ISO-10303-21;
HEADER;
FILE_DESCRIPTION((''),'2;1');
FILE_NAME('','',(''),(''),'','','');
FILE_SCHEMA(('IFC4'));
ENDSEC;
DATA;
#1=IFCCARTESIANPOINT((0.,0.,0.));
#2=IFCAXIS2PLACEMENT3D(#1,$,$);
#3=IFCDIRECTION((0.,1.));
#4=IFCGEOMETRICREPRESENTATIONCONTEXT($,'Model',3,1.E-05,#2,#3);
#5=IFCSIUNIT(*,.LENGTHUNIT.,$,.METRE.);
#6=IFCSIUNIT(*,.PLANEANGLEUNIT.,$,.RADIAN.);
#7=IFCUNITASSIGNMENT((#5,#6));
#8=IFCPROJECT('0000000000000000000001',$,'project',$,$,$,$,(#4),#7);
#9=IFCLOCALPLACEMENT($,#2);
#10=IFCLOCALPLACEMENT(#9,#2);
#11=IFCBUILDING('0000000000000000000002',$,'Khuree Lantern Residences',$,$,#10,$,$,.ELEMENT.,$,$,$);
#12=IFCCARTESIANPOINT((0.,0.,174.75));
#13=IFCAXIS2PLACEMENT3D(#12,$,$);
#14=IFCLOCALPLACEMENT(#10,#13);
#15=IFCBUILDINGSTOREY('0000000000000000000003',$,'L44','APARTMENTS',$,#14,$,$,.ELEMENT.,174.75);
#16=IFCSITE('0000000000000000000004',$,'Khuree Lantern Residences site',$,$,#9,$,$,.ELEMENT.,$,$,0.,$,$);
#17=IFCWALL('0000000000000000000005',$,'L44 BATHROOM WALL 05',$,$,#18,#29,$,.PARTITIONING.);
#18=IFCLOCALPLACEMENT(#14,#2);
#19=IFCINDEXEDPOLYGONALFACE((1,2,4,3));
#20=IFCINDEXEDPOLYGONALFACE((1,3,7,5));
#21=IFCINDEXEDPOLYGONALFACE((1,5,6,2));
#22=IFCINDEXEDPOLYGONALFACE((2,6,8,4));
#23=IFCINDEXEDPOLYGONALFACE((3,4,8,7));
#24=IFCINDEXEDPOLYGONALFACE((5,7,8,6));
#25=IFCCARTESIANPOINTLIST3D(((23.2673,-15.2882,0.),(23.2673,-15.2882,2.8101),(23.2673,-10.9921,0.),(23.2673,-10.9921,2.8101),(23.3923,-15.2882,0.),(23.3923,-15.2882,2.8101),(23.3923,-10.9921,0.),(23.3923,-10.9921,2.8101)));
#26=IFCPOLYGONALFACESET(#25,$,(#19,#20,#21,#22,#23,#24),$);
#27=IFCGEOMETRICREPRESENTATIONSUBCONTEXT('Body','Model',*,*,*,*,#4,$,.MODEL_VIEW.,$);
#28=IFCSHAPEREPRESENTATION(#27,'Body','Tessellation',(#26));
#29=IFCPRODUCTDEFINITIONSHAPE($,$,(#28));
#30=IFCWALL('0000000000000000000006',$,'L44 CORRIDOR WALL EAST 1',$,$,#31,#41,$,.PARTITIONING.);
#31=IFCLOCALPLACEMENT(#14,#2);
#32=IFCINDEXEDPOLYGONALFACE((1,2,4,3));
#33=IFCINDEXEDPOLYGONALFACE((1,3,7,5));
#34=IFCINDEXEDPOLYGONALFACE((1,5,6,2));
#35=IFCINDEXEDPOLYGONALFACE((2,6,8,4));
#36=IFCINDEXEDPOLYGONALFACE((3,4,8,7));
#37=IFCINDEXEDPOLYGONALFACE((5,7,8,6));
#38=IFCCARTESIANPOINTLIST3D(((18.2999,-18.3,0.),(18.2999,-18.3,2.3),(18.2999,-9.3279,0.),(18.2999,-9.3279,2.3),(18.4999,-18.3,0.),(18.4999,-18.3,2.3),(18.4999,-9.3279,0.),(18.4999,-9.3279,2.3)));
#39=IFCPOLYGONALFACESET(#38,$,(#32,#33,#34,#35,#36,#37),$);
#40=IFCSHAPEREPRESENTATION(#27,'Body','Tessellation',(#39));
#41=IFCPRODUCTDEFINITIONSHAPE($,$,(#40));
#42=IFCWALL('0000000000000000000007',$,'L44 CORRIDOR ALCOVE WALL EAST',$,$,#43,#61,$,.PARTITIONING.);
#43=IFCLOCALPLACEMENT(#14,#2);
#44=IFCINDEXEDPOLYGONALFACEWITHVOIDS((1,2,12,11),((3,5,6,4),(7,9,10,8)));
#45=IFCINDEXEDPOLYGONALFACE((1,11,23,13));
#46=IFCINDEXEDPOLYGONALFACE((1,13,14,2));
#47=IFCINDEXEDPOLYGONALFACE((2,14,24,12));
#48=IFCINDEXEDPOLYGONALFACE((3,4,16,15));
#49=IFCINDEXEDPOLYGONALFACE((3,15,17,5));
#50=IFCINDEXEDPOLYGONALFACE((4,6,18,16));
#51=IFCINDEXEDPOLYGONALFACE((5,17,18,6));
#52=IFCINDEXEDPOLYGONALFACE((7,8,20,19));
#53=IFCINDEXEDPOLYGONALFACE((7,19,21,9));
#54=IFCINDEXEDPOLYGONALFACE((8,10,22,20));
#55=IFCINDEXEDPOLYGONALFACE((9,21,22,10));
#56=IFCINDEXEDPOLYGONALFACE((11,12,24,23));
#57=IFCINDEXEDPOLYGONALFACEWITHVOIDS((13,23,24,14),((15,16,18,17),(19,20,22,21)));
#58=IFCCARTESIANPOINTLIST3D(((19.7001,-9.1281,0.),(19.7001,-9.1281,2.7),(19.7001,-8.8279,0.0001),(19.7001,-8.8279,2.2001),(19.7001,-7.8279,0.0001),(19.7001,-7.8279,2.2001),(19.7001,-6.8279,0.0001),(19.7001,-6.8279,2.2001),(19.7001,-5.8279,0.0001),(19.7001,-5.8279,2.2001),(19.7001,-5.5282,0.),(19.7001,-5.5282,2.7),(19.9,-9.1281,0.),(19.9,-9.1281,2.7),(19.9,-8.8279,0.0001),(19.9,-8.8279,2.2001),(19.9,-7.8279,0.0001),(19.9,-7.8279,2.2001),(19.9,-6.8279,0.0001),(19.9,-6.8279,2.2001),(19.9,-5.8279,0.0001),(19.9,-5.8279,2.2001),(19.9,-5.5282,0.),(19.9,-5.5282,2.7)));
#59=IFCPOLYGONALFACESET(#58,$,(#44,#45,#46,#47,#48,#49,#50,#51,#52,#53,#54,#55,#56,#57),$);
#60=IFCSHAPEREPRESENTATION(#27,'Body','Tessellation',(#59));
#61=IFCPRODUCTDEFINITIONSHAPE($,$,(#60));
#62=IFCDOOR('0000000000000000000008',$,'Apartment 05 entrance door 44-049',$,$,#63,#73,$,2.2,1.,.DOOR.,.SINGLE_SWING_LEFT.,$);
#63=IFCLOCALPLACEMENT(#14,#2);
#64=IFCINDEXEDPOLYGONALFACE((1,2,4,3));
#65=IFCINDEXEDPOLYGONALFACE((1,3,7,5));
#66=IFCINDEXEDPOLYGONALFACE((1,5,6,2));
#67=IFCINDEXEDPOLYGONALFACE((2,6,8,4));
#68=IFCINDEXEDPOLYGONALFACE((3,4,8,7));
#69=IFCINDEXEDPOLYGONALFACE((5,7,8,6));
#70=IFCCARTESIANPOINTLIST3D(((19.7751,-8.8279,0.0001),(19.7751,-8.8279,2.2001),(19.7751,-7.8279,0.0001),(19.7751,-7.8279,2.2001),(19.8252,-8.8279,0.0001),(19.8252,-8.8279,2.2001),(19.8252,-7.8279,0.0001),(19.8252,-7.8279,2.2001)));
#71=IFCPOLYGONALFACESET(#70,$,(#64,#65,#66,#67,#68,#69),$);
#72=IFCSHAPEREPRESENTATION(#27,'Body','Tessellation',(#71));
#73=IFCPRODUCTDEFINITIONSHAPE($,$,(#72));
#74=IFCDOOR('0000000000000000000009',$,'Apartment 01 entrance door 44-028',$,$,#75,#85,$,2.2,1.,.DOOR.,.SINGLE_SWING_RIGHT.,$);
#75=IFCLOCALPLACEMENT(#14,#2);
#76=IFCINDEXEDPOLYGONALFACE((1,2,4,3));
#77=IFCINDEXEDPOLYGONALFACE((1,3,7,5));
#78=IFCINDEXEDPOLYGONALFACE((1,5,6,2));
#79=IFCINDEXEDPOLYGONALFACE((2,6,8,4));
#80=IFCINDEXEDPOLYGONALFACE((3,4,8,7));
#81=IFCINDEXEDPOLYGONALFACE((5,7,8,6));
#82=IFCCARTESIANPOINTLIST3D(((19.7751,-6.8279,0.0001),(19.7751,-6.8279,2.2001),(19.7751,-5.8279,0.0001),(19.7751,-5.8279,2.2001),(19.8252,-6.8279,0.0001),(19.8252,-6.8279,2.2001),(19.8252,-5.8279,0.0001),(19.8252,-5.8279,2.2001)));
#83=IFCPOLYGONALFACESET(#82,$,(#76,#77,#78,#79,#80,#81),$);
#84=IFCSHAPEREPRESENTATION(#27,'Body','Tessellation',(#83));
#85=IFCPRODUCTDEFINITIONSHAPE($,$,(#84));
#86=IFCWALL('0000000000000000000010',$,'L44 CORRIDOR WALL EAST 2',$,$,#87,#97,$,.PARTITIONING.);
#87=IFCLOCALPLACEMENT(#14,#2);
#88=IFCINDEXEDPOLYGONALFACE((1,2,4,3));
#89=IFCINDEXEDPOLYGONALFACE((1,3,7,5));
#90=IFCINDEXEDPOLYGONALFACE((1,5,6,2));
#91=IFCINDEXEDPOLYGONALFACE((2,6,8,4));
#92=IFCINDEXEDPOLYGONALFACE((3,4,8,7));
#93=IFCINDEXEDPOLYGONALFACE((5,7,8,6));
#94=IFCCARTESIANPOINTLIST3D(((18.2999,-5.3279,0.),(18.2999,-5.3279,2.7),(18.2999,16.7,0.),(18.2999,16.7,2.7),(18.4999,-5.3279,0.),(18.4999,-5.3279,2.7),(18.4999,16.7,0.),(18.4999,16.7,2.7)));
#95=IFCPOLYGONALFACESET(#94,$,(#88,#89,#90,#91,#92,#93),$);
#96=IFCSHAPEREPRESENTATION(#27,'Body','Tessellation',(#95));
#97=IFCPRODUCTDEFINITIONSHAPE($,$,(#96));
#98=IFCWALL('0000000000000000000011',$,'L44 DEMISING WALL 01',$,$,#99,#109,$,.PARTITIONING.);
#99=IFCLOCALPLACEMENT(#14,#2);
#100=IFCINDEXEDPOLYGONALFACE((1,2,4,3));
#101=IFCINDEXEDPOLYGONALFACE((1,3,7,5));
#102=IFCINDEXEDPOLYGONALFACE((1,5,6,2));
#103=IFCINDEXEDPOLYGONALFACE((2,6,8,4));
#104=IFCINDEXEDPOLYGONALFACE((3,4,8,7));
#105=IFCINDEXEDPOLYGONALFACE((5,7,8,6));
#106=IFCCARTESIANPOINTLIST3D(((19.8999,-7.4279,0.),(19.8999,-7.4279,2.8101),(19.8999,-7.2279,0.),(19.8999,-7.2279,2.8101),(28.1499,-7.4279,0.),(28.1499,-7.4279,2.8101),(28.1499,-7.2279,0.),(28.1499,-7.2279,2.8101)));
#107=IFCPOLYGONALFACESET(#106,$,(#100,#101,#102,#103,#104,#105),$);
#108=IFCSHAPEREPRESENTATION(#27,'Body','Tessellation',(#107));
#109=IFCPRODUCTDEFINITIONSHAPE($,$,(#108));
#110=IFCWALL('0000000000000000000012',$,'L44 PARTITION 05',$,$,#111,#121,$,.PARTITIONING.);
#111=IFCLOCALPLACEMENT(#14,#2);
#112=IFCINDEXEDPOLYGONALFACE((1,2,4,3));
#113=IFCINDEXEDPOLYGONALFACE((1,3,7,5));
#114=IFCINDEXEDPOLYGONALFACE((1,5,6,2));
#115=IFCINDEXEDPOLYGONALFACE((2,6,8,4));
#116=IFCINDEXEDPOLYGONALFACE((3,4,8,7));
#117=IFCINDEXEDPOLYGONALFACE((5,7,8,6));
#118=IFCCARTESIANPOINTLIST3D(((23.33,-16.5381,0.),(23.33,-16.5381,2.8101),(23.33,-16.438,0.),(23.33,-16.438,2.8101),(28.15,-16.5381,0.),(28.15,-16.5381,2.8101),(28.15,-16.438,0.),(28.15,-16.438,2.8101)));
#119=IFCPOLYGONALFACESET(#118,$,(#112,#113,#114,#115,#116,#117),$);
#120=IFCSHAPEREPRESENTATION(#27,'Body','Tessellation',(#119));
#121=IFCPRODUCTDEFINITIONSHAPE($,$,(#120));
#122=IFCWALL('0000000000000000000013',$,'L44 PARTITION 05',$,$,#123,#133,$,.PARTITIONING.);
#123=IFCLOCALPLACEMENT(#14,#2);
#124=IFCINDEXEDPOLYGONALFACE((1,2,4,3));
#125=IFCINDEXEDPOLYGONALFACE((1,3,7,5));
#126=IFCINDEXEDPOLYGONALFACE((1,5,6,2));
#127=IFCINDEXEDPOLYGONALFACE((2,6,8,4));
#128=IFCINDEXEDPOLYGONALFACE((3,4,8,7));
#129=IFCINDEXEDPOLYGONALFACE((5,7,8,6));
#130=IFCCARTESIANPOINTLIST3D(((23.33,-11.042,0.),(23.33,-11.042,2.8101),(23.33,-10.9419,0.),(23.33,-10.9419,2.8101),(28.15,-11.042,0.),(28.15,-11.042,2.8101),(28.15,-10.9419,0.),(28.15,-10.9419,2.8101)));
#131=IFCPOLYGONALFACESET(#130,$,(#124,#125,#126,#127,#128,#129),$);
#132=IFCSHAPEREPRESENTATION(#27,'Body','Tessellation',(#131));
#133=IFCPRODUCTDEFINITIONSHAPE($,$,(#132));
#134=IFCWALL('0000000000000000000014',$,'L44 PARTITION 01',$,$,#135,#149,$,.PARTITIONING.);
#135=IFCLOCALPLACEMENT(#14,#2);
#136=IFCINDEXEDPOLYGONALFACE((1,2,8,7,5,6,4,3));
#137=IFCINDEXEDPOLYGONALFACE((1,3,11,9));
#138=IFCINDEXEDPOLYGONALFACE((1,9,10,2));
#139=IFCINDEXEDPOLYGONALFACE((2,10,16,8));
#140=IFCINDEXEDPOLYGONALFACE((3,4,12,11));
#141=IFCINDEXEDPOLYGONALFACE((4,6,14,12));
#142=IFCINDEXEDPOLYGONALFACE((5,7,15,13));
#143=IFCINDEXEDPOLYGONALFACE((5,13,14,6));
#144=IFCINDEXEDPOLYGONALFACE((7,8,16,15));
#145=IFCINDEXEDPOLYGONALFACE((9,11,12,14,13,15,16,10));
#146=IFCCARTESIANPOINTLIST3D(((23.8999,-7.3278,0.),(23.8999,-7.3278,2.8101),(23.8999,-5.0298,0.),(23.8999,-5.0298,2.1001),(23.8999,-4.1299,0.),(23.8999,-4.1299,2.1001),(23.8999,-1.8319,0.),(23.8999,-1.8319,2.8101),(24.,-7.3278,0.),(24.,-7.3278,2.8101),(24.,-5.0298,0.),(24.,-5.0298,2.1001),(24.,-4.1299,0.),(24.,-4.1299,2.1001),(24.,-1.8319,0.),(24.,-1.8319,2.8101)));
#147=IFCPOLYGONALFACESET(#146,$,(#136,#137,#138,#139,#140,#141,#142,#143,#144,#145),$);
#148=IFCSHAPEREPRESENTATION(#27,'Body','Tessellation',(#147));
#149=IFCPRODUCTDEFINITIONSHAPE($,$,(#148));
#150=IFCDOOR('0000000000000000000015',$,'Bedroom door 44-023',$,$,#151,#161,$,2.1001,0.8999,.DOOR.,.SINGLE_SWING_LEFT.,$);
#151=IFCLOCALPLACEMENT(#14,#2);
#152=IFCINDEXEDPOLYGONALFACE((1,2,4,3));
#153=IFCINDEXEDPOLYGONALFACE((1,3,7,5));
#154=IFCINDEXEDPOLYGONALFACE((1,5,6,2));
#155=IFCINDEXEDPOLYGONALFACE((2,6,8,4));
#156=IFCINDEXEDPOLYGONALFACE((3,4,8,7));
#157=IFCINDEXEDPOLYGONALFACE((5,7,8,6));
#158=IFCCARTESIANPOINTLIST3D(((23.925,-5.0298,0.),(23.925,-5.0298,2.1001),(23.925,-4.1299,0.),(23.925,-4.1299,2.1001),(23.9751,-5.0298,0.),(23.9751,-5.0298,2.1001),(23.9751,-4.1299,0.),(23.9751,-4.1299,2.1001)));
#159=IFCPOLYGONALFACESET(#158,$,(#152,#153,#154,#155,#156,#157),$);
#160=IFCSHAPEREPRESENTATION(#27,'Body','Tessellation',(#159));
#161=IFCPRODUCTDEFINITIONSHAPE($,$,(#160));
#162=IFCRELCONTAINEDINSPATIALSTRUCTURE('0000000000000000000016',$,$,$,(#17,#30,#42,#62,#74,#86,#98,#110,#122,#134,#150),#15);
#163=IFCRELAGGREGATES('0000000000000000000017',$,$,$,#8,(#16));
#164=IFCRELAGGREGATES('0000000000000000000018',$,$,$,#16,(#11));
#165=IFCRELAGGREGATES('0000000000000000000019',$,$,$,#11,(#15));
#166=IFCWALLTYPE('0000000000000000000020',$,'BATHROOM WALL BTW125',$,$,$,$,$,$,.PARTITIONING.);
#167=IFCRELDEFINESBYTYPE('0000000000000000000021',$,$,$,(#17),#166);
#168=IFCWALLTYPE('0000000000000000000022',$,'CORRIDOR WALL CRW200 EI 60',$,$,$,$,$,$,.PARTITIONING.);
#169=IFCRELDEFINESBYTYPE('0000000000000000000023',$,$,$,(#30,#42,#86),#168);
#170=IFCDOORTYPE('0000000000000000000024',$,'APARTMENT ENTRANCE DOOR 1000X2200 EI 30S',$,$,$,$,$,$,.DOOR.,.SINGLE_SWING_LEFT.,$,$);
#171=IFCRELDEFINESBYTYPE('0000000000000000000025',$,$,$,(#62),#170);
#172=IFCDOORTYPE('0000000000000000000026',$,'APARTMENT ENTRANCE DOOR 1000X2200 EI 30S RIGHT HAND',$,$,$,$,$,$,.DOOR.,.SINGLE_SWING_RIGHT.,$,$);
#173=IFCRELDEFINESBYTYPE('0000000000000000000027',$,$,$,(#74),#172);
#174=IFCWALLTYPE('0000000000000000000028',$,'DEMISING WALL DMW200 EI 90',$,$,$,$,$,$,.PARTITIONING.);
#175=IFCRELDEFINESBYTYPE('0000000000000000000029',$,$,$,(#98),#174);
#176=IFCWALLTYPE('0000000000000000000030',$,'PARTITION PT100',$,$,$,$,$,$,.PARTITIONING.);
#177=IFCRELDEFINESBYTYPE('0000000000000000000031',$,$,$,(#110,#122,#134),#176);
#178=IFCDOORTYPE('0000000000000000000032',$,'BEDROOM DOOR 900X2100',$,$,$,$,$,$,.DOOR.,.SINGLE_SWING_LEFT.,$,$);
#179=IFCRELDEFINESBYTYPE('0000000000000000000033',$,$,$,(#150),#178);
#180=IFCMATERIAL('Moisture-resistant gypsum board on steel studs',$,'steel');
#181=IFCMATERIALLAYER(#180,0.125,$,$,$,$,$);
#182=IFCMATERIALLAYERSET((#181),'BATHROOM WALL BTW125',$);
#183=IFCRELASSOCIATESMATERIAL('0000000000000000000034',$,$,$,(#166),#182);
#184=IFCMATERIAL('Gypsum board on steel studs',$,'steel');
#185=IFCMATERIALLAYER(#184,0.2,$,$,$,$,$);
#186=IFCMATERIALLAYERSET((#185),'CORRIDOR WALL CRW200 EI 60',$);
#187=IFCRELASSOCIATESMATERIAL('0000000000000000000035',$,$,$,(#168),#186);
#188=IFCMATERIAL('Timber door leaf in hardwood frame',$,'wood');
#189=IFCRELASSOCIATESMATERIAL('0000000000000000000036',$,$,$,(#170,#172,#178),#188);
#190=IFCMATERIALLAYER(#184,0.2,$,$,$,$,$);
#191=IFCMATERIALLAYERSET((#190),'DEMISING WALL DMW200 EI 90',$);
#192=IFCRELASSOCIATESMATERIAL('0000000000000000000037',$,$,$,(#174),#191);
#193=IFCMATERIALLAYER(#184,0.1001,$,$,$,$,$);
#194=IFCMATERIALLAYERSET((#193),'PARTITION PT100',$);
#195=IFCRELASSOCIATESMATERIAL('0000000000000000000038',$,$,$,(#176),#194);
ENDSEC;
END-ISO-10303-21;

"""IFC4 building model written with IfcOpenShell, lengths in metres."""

from ifc_helpers import new_model, si_unit, direction, frame, frame_2d, origin, place, context, subcontext, project, spatial, rectangle, extrude, material, layer, layer_set, type_object, element, fill, save


model = new_model("IFC4")

# Units and contexts
model_context = context("Model", 3, precision=1e-05, world=origin(), true_north=direction((0.0, 1.0)))
body_context = subcontext(model_context, "Body", "Model", "MODEL_VIEW")
ifc_project = project(units=[si_unit("LENGTHUNIT", "METRE"), si_unit("PLANEANGLEUNIT", "RADIAN")], contexts=[model_context])

# Site, building, storey
site_placement = place(None, origin())
site = spatial("IfcSite", under=ifc_project, at=site_placement, Name="Khuree Lantern Residences site", CompositionType="ELEMENT", RefElevation=0.0)
building_placement = place(site_placement, origin())
building = spatial("IfcBuilding", under=site, at=building_placement, Name="Khuree Lantern Residences", CompositionType="ELEMENT")
storey_placement = place(building_placement, frame((0.0, 0.0, 174.75)))
storey = spatial("IfcBuildingStorey", under=building, at=storey_placement, Name="L44", Description="APARTMENTS", CompositionType="ELEMENT", Elevation=174.75)

# Shared definitions
ifc_material_1 = material(Name="Moisture-resistant gypsum board on steel studs", Category="steel")
ifc_layer_1 = layer(ifc_material_1, 0.125)
ifc_layer_set_1 = layer_set([ifc_layer_1], Name="BATHROOM WALL BTW125")
wall_type_1 = type_object("IfcWallType", Name="BATHROOM WALL BTW125", PredefinedType="PARTITIONING", material=ifc_layer_set_1)
ifc_material_2 = material(Name="Timber door leaf in hardwood frame", Category="wood")

# Walls
wall_1_placement = place(storey_placement, frame((23.3298, -15.2881, 0.0), z_axis=(0.0, 0.0, 1.0), x_axis=(0.0, 1.0, 0.0)))
element("IfcWall", 1, at=wall_1_placement, inside=storey, type_object=wall_type_1, Name="L44 BATHROOM WALL 05", PredefinedType="PARTITIONING", context=body_context, shape_type="SweptSolid", body=[
    extrude(rectangle(XDim=4.2961, YDim=0.125, at=frame_2d((2.1479, 0.0))), origin(), (0.0, 0.0, 1.0), 2.8101),
])
ifc_material_3 = material(Name="Gypsum board on steel studs", Category="steel")
ifc_layer_2 = layer(ifc_material_3, 0.2)
ifc_layer_set_2 = layer_set([ifc_layer_2], Name="CORRIDOR WALL CRW200 EI 60")
wall_type_2 = type_object("IfcWallType", Name="CORRIDOR WALL CRW200 EI 60", PredefinedType="PARTITIONING", material=ifc_layer_set_2)
wall_2_placement = place(storey_placement, frame((18.3999, -18.3, 0.0), z_axis=(0.0, 0.0, 1.0), x_axis=(0.0, 1.0, 0.0)))
element("IfcWall", 2, at=wall_2_placement, inside=storey, type_object=wall_type_2, Name="L44 CORRIDOR WALL EAST 1", PredefinedType="PARTITIONING", context=body_context, shape_type="SweptSolid", body=[
    extrude(rectangle(XDim=8.9722, YDim=0.2, at=frame_2d((4.4861, 0.0))), origin(), (0.0, 0.0, 1.0), 2.3),
])

# Wall, openings, doors
wall_3_placement = place(storey_placement, frame((19.8, -9.1279, 0.0), z_axis=(0.0, 0.0, 1.0), x_axis=(0.0, 1.0, 0.0)))
wall_3 = element("IfcWall", 3, at=wall_3_placement, inside=storey, type_object=wall_type_2, Name="L44 CORRIDOR ALCOVE WALL EAST", PredefinedType="PARTITIONING", context=body_context, shape_type="SweptSolid", body=[
    extrude(rectangle(XDim=3.5999, YDim=0.2, at=frame_2d((1.7998, 0.0))), origin(), (0.0, 0.0, 1.0), 2.7),
])
opening_1_placement = place(wall_3_placement, frame((2.3, 0.0, 0.0)))
opening_1 = element("IfcOpeningElement", 4, at=opening_1_placement, cuts=wall_3, PredefinedType="OPENING", context=body_context, shape_type="SweptSolid", body=[
    extrude(rectangle(XDim=1.0, YDim=2.2, at=frame_2d((0.5, 1.1001))), frame((0.0, 0.1099, 0.0), z_axis=(0.0, -1.0, 0.0), x_axis=(1.0, 0.0, 0.0)), (0.0, 0.0, 1.0), 0.22),
])
opening_2_placement = place(wall_3_placement, frame((0.3, 0.0, 0.0)))
opening_2 = element("IfcOpeningElement", 5, at=opening_2_placement, cuts=wall_3, PredefinedType="OPENING", context=body_context, shape_type="SweptSolid", body=[
    extrude(rectangle(XDim=1.0, YDim=2.2, at=frame_2d((0.5, 1.1001))), frame((0.0, 0.1099, 0.0), z_axis=(0.0, -1.0, 0.0), x_axis=(1.0, 0.0, 0.0)), (0.0, 0.0, 1.0), 0.22),
])
door_type_1 = type_object("IfcDoorType", Name="APARTMENT ENTRANCE DOOR 1000X2200 EI 30S", OperationType="SINGLE_SWING_LEFT", PredefinedType="DOOR", material=ifc_material_2)
door_1_placement = place(opening_2_placement, origin())
door_1 = element("IfcDoor", 6, at=door_1_placement, inside=storey, type_object=door_type_1, Name="Apartment 05 entrance door 44-049", OperationType="SINGLE_SWING_LEFT", OverallHeight=2.2, OverallWidth=1.0, PredefinedType="DOOR", context=body_context, shape_type="SweptSolid", body=[
    extrude(rectangle(XDim=1.0, YDim=2.2, at=frame_2d((0.5, 1.1001))), frame((0.0, 0.0249, 0.0), z_axis=(0.0, -1.0, 0.0), x_axis=(1.0, 0.0, 0.0)), (0.0, 0.0, 1.0), 0.05),
])
fill(opening_2, door_1)
door_type_2 = type_object("IfcDoorType", Name="APARTMENT ENTRANCE DOOR 1000X2200 EI 30S RIGHT HAND", OperationType="SINGLE_SWING_RIGHT", PredefinedType="DOOR", material=ifc_material_2)
door_2_placement = place(opening_1_placement, origin())
door_2 = element("IfcDoor", 7, at=door_2_placement, inside=storey, type_object=door_type_2, Name="Apartment 01 entrance door 44-028", OperationType="SINGLE_SWING_RIGHT", OverallHeight=2.2, OverallWidth=1.0, PredefinedType="DOOR", context=body_context, shape_type="SweptSolid", body=[
    extrude(rectangle(XDim=1.0, YDim=2.2, at=frame_2d((0.5, 1.1001))), frame((0.0, 0.0249, 0.0), z_axis=(0.0, -1.0, 0.0), x_axis=(1.0, 0.0, 0.0)), (0.0, 0.0, 1.0), 0.05),
])
fill(opening_1, door_2)

# Walls
wall_4_placement = place(storey_placement, frame((18.3999, -5.3279, 0.0), z_axis=(0.0, 0.0, 1.0), x_axis=(0.0, 1.0, 0.0)))
element("IfcWall", 8, at=wall_4_placement, inside=storey, type_object=wall_type_2, Name="L44 CORRIDOR WALL EAST 2", PredefinedType="PARTITIONING", context=body_context, shape_type="SweptSolid", body=[
    extrude(rectangle(XDim=22.0278, YDim=0.2, at=frame_2d((11.0139, 0.0))), origin(), (0.0, 0.0, 1.0), 2.7),
])
ifc_layer_3 = layer(ifc_material_3, 0.2)
ifc_layer_set_3 = layer_set([ifc_layer_3], Name="DEMISING WALL DMW200 EI 90")
wall_type_3 = type_object("IfcWallType", Name="DEMISING WALL DMW200 EI 90", PredefinedType="PARTITIONING", material=ifc_layer_set_3)
wall_5_placement = place(storey_placement, frame((19.8999, -7.3279, 0.0), z_axis=(0.0, 0.0, 1.0), x_axis=(1.0, 0.0, 0.0)))
element("IfcWall", 9, at=wall_5_placement, inside=storey, type_object=wall_type_3, Name="L44 DEMISING WALL 01", PredefinedType="PARTITIONING", context=body_context, shape_type="SweptSolid", body=[
    extrude(rectangle(XDim=8.25, YDim=0.2, at=frame_2d((4.125, 0.0))), origin(), (0.0, 0.0, 1.0), 2.8101),
])
ifc_layer_4 = layer(ifc_material_3, 0.1001)
ifc_layer_set_4 = layer_set([ifc_layer_4], Name="PARTITION PT100")
wall_type_4 = type_object("IfcWallType", Name="PARTITION PT100", PredefinedType="PARTITIONING", material=ifc_layer_set_4)
for number, where, z_axis, x_axis, name in (
    (10, (23.3298, -16.488, 0.0), (0.0, 0.0, 1.0), (1.0, 0.0, 0.0), "L44 PARTITION 05"),
    (11, (23.3298, -10.9919, 0.0), (0.0, 0.0, 1.0), (1.0, 0.0, 0.0), "L44 PARTITION 05"),
):
    element("IfcWall", number, at=place(storey_placement, frame(where, z_axis=z_axis, x_axis=x_axis)), inside=storey, type_object=wall_type_4, Name=name, PredefinedType="PARTITIONING", context=body_context, shape_type="SweptSolid", body=[
        extrude(rectangle(XDim=4.8201, YDim=0.1001, at=frame_2d((2.4102, 0.0))), origin(), (0.0, 0.0, 1.0), 2.8101),
    ])

# Wall, opening, door
wall_6_placement = place(storey_placement, frame((23.95, -7.3279, 0.0), z_axis=(0.0, 0.0, 1.0), x_axis=(0.0, 1.0, 0.0)))
wall_6 = element("IfcWall", 12, at=wall_6_placement, inside=storey, type_object=wall_type_4, Name="L44 PARTITION 01", PredefinedType="PARTITIONING", context=body_context, shape_type="SweptSolid", body=[
    extrude(rectangle(XDim=5.4958, YDim=0.1001, at=frame_2d((2.748, 0.0))), origin(), (0.0, 0.0, 1.0), 2.8101),
])
opening_3_placement = place(wall_6_placement, frame((2.2981, 0.0, 0.0)))
opening_3 = element("IfcOpeningElement", 13, at=opening_3_placement, cuts=wall_6, PredefinedType="OPENING", context=body_context, shape_type="SweptSolid", body=[
    extrude(rectangle(XDim=0.8999, YDim=2.1001, at=frame_2d((0.45, 1.05))), frame((0.0, 0.0601, 0.0), z_axis=(0.0, -1.0, 0.0), x_axis=(1.0, 0.0, 0.0)), (0.0, 0.0, 1.0), 0.1201),
])
door_type_3 = type_object("IfcDoorType", Name="BEDROOM DOOR 900X2100", OperationType="SINGLE_SWING_LEFT", PredefinedType="DOOR", material=ifc_material_2)
door_3_placement = place(opening_3_placement, origin())
door_3 = element("IfcDoor", 14, at=door_3_placement, inside=storey, type_object=door_type_3, Name="Bedroom door 44-023", OperationType="SINGLE_SWING_LEFT", OverallHeight=2.1001, OverallWidth=0.8999, PredefinedType="DOOR", context=body_context, shape_type="SweptSolid", body=[
    extrude(rectangle(XDim=0.8999, YDim=2.1001, at=frame_2d((0.45, 1.05))), frame((0.0, 0.0249, 0.0), z_axis=(0.0, -1.0, 0.0), x_axis=(1.0, 0.0, 0.0)), (0.0, 0.0, 1.0), 0.05),
])
fill(opening_3, door_3)

save(model, "model.ifc")
